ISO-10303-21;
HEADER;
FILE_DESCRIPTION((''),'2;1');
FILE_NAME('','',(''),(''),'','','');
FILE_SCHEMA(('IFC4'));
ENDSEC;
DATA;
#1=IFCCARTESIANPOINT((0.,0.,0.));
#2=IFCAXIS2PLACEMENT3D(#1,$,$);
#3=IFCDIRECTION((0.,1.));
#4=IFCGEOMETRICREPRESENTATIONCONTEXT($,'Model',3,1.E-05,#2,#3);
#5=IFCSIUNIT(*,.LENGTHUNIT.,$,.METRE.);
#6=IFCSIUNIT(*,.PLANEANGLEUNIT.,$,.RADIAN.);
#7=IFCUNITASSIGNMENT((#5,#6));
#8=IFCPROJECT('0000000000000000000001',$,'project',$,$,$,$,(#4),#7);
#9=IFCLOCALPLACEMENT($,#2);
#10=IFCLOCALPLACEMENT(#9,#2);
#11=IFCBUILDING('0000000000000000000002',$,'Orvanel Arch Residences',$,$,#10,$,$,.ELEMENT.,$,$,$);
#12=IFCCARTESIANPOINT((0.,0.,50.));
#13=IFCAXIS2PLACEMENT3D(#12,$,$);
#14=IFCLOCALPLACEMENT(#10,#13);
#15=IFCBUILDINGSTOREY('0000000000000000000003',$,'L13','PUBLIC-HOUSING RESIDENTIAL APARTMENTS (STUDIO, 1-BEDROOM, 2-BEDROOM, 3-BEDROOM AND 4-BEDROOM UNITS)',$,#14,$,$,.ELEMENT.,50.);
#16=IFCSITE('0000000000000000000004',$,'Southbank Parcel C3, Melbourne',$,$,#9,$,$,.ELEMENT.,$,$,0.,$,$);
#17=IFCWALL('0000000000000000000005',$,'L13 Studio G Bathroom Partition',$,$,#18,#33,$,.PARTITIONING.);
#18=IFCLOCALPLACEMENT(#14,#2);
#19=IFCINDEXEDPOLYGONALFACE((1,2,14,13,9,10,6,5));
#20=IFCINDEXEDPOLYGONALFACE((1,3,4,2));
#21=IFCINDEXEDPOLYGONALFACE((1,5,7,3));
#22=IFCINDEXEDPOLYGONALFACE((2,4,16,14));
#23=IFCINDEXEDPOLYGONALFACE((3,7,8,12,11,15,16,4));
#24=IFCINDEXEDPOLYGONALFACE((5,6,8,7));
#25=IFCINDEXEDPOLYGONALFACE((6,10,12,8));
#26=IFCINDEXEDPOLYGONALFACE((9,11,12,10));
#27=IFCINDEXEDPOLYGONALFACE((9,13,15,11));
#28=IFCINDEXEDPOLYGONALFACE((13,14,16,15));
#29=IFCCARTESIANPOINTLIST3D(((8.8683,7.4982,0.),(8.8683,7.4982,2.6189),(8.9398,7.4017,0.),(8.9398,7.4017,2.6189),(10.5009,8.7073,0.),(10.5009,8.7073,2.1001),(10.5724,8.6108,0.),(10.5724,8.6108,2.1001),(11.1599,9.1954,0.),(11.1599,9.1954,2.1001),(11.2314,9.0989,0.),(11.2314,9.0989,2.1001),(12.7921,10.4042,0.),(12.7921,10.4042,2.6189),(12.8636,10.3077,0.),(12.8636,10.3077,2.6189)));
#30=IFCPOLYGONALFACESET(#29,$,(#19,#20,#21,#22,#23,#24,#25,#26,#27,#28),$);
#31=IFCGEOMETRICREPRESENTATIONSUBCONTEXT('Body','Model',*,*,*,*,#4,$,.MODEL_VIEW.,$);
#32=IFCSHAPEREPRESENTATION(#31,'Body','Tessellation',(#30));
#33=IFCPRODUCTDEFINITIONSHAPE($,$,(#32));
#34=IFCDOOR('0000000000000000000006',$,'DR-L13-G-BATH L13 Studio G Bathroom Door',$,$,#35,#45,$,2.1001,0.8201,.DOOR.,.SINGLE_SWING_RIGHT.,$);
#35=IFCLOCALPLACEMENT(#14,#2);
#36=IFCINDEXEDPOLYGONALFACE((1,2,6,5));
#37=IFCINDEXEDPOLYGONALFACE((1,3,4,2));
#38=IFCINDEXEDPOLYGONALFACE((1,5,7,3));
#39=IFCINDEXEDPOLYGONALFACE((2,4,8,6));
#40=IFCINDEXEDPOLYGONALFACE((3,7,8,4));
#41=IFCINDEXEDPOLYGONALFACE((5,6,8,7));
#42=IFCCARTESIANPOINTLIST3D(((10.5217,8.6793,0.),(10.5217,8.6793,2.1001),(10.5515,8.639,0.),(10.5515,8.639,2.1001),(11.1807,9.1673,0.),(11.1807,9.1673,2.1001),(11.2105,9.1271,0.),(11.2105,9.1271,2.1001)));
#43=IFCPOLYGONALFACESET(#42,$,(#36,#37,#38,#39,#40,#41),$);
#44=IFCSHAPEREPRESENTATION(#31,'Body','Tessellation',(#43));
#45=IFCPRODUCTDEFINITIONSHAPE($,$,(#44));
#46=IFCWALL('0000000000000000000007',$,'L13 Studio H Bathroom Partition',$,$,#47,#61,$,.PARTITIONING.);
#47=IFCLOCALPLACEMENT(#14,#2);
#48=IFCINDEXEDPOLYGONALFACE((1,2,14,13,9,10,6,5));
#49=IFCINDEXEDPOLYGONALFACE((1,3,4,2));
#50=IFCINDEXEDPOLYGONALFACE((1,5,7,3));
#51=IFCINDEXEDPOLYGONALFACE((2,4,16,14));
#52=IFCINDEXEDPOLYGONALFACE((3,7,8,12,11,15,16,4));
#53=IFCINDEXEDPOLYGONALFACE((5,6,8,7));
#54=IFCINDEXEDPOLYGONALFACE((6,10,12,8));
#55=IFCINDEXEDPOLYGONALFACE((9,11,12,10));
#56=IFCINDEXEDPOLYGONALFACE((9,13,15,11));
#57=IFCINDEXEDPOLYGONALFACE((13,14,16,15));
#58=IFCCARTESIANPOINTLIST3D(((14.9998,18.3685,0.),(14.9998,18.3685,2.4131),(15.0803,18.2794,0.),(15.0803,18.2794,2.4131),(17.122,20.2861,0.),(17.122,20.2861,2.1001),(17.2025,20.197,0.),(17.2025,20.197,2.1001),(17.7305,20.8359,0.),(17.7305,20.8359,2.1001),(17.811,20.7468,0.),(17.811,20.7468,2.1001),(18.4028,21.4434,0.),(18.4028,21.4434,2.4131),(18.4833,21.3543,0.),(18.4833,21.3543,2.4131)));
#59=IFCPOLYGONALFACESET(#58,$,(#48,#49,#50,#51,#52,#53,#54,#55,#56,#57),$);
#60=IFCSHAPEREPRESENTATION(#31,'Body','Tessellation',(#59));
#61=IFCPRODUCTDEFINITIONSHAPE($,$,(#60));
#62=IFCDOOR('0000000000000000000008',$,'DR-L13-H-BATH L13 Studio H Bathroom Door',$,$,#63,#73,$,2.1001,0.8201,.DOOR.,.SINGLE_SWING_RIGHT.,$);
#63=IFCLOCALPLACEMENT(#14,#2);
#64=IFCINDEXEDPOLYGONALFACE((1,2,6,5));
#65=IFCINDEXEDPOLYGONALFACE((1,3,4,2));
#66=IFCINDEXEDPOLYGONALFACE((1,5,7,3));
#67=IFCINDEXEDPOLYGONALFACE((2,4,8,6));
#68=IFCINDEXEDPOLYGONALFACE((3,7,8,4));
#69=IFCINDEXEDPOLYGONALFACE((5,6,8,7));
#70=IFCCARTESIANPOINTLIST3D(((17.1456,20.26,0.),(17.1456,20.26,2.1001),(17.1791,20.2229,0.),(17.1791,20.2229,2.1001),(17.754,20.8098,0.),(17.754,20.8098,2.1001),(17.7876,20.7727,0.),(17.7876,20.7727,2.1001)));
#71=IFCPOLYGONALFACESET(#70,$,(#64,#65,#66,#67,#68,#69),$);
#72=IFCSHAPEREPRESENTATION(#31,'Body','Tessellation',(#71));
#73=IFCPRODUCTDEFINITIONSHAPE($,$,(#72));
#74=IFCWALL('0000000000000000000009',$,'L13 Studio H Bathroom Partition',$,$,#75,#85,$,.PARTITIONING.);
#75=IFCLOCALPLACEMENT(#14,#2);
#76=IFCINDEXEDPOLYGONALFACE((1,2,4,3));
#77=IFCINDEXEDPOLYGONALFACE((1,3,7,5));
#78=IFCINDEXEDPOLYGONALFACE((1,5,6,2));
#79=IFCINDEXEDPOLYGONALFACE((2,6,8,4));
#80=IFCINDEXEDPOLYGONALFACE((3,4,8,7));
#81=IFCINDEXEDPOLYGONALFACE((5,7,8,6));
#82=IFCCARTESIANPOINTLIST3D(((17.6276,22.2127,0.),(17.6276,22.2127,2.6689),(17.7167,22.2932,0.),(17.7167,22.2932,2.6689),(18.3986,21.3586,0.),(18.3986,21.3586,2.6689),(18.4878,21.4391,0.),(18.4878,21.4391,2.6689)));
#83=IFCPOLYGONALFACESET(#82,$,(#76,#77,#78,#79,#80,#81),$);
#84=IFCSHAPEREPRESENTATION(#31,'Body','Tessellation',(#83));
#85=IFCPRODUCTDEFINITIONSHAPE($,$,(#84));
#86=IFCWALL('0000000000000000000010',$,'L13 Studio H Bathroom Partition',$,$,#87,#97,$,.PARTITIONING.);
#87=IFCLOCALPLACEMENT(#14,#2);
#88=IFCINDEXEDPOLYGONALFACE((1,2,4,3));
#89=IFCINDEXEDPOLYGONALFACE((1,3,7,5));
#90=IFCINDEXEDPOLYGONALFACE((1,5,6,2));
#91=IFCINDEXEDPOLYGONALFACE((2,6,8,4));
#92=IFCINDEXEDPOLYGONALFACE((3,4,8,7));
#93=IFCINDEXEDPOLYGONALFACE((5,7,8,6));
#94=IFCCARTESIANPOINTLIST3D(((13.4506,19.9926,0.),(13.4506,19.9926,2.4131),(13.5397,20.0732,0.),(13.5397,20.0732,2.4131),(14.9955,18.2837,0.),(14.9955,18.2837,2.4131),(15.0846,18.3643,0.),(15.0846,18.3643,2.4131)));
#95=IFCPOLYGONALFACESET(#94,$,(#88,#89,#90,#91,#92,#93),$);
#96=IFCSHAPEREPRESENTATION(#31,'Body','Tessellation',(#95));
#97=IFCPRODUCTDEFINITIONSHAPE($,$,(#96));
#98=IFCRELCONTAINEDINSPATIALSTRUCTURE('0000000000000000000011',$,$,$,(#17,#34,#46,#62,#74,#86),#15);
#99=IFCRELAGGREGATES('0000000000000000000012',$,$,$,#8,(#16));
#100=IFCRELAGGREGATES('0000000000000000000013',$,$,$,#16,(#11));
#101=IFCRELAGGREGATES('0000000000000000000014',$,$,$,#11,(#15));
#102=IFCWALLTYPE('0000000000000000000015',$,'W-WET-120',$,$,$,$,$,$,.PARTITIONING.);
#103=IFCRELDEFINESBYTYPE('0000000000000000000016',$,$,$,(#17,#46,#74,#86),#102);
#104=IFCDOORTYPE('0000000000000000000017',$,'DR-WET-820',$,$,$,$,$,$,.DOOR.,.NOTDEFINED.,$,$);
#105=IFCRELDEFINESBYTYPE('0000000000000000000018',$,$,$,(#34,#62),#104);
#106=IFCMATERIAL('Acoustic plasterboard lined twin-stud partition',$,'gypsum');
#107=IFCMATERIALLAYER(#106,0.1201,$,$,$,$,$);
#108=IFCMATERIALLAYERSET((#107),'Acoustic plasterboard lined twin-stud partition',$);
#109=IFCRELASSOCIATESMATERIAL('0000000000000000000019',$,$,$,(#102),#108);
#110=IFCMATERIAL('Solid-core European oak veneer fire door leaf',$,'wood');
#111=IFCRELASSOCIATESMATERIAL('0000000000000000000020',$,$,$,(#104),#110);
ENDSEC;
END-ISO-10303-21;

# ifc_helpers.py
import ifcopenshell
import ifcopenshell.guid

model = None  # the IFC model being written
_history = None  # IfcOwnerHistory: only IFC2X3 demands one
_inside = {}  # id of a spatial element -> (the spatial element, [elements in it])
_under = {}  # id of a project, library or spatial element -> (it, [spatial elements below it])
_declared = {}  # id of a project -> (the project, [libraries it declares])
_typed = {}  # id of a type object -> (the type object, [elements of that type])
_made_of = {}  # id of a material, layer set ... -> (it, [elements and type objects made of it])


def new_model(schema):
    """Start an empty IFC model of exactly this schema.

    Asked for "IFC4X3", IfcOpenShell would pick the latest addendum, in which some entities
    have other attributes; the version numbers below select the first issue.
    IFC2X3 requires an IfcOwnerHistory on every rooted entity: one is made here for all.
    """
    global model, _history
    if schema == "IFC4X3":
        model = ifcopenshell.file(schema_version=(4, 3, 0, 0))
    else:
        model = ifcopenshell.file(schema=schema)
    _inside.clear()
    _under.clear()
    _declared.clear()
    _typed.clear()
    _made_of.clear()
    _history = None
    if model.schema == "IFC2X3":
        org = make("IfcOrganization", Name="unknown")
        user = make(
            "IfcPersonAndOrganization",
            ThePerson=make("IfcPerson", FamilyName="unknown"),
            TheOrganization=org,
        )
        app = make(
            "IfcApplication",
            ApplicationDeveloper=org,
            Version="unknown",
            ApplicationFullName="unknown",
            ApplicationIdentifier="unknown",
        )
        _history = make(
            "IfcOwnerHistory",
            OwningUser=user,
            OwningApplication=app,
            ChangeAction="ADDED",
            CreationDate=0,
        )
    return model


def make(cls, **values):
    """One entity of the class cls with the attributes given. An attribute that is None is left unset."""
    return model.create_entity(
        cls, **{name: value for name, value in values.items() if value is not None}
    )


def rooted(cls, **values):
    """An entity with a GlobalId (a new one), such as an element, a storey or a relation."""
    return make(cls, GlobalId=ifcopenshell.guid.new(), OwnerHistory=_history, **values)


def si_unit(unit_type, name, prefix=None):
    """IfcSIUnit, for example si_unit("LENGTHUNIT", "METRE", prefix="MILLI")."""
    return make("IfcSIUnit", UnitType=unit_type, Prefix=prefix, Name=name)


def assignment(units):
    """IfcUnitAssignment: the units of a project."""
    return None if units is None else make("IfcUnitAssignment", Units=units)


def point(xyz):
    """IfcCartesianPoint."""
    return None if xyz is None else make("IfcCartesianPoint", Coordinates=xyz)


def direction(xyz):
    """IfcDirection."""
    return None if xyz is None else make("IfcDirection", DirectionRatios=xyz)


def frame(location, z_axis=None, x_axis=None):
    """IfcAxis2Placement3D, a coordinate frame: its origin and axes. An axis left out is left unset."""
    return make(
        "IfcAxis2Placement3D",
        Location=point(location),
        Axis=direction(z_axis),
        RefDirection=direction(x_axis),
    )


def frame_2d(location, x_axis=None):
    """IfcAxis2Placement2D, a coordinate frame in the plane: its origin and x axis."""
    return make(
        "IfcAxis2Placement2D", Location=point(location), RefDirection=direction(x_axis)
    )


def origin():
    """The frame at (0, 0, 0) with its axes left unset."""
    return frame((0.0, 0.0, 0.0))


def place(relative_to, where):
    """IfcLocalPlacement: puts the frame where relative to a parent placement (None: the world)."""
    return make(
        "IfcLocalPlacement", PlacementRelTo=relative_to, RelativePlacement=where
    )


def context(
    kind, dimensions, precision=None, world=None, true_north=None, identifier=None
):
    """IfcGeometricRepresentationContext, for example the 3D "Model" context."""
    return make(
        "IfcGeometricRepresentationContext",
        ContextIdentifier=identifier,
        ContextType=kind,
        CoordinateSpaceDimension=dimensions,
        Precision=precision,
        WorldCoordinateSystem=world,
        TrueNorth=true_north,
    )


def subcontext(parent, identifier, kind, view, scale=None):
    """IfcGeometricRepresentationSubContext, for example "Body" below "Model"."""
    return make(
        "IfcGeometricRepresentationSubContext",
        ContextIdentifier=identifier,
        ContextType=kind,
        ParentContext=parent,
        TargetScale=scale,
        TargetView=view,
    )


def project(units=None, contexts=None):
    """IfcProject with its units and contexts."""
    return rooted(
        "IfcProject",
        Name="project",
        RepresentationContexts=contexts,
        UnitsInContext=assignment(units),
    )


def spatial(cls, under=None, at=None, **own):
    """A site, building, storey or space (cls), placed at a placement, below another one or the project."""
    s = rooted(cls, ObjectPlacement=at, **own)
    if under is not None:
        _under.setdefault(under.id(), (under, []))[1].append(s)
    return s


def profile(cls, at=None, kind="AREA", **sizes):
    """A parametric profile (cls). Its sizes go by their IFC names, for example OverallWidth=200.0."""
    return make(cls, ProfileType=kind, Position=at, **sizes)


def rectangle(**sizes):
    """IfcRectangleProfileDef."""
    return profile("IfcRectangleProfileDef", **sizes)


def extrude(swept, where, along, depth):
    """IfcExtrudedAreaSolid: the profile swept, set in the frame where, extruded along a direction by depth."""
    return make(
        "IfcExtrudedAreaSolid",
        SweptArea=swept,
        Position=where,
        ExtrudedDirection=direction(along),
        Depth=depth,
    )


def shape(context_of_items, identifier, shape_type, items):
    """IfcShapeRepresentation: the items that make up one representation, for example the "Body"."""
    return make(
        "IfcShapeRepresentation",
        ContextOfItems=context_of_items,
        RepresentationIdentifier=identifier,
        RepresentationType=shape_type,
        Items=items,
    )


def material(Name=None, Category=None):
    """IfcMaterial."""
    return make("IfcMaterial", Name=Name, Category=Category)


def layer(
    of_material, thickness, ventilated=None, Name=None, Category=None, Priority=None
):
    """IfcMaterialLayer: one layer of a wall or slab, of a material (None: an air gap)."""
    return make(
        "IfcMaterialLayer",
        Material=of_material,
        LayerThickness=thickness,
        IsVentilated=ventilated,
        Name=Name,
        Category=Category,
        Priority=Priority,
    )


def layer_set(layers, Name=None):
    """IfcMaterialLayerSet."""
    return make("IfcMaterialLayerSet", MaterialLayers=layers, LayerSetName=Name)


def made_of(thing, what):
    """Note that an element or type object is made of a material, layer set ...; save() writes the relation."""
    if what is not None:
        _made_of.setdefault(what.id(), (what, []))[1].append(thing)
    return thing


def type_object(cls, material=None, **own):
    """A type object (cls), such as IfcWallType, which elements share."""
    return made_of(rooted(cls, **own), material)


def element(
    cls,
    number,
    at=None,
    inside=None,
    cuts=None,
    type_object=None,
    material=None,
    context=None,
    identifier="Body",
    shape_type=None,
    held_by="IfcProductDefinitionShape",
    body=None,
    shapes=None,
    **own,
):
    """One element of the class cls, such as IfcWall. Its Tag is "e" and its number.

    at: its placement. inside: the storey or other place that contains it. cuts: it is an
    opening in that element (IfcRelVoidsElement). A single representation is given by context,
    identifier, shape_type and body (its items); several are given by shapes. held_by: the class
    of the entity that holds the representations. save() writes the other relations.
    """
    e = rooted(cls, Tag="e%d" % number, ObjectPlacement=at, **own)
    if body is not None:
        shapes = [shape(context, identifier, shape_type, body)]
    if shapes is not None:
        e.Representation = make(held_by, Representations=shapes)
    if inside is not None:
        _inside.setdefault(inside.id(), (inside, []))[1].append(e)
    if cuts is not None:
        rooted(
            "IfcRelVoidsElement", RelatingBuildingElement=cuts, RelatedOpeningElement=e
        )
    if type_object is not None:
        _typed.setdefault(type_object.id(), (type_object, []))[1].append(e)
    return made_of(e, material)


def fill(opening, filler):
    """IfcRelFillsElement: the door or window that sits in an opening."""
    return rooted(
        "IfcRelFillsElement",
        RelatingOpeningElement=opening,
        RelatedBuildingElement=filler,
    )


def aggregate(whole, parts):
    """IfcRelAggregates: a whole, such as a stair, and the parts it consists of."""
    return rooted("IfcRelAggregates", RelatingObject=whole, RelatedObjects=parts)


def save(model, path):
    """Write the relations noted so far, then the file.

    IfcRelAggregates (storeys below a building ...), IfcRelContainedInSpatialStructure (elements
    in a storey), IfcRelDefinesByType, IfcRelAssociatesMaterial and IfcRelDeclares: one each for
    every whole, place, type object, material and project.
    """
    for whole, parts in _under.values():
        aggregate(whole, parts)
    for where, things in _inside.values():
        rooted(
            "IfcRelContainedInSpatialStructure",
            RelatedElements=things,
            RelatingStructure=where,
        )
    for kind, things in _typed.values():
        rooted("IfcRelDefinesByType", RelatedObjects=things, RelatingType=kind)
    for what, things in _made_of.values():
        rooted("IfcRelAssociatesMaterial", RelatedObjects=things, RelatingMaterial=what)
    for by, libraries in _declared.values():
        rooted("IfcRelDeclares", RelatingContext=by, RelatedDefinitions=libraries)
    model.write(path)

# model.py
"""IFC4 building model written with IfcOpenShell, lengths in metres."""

from ifc_helpers import new_model, si_unit, direction, frame, frame_2d, origin, place, context, subcontext, project, spatial, rectangle, extrude, material, layer, layer_set, type_object, element, fill, save


model = new_model("IFC4")

# Units and contexts
model_context = context("Model", 3, precision=1e-05, world=origin(), true_north=direction((0.0, 1.0)))
body_context = subcontext(model_context, "Body", "Model", "MODEL_VIEW")
ifc_project = project(units=[si_unit("LENGTHUNIT", "METRE"), si_unit("PLANEANGLEUNIT", "RADIAN")], contexts=[model_context])

# Site, building, storey
site_placement = place(None, origin())
site = spatial("IfcSite", under=ifc_project, at=site_placement, Name="Southbank Parcel C3, Melbourne", CompositionType="ELEMENT", RefElevation=0.0)
building_placement = place(site_placement, origin())
building = spatial("IfcBuilding", under=site, at=building_placement, Name="Orvanel Arch Residences", CompositionType="ELEMENT")
storey_placement = place(building_placement, frame((0.0, 0.0, 50.0)))
storey = spatial("IfcBuildingStorey", under=building, at=storey_placement, Name="L13", Description="PUBLIC-HOUSING RESIDENTIAL APARTMENTS (STUDIO, 1-BEDROOM, 2-BEDROOM, 3-BEDROOM AND 4-BEDROOM UNITS)", CompositionType="ELEMENT", Elevation=50.0)

# Shared definitions
ifc_material_1 = material(Name="Solid-core European oak veneer fire door leaf", Category="wood")

# Shared definitions
ifc_material_2 = material(Name="Acoustic plasterboard lined twin-stud partition", Category="gypsum")
ifc_layer_1 = layer(ifc_material_2, 0.1201)
ifc_layer_set_1 = layer_set([ifc_layer_1], Name="Acoustic plasterboard lined twin-stud partition")
wall_type_1 = type_object("IfcWallType", Name="W-WET-120", PredefinedType="PARTITIONING", material=ifc_layer_set_1)

# Walls, openings, doors
wall_1_placement = place(storey_placement, frame((12.8279, 10.356, 0.0), z_axis=(0.0, 0.0, 1.0), x_axis=(-0.803609, -0.595157, 0.0)))
wall_1 = element("IfcWall", 1, at=wall_1_placement, inside=storey, type_object=wall_type_1, Name="L13 Studio G Bathroom Partition", PredefinedType="PARTITIONING", context=body_context, shape_type="SweptSolid", body=[
    extrude(rectangle(XDim=4.8828, YDim=0.1201, at=frame_2d((2.4414, 0.0))), origin(), (0.0, 0.0, 1.0), 2.6189),
])
opening_1_placement = place(wall_1_placement, frame((2.031, 0.0, 0.0)))
opening_1 = element("IfcOpeningElement", 2, at=opening_1_placement, cuts=wall_1, PredefinedType="OPENING", context=body_context, shape_type="SweptSolid", body=[
    extrude(rectangle(XDim=0.8201, YDim=2.1001, at=frame_2d((0.4102, 1.05))), frame((0.0, 0.0701, 0.0), z_axis=(0.0, -1.0, 0.0), x_axis=(1.0, 0.0, 0.0)), (0.0, 0.0, 1.0), 0.1401),
])
door_type_1 = type_object("IfcDoorType", Name="DR-WET-820", OperationType="NOTDEFINED", PredefinedType="DOOR", material=ifc_material_1)
door_1_placement = place(opening_1_placement, origin())
door_1 = element("IfcDoor", 3, at=door_1_placement, inside=storey, type_object=door_type_1, Name="DR-L13-G-BATH L13 Studio G Bathroom Door", OperationType="SINGLE_SWING_RIGHT", OverallHeight=2.1001, OverallWidth=0.8201, PredefinedType="DOOR", context=body_context, shape_type="SweptSolid", body=[
    extrude(rectangle(XDim=0.8201, YDim=2.1001, at=frame_2d((0.4102, 1.05))), frame((0.0, 0.0249, 0.0), z_axis=(0.0, -1.0, 0.0), x_axis=(1.0, 0.0, 0.0)), (0.0, 0.0, 1.0), 0.05),
])
fill(opening_1, door_1)
wall_2_placement = place(storey_placement, frame((15.04, 18.324, 0.0), z_axis=(0.0, 0.0, 1.0), x_axis=(0.741972, 0.670431, 0.0)))
wall_2 = element("IfcWall", 4, at=wall_2_placement, inside=storey, type_object=wall_type_1, Name="L13 Studio H Bathroom Partition", PredefinedType="PARTITIONING", context=body_context, shape_type="SweptSolid", body=[
    extrude(rectangle(XDim=4.5864, YDim=0.1201, at=frame_2d((2.2932, 0.0))), origin(), (0.0, 0.0, 1.0), 2.4131),
])
opening_2_placement = place(wall_2_placement, frame((2.8601, 0.0, 0.0)))
opening_2 = element("IfcOpeningElement", 5, at=opening_2_placement, cuts=wall_2, PredefinedType="OPENING", context=body_context, shape_type="SweptSolid", body=[
    extrude(rectangle(XDim=0.8201, YDim=2.1001, at=frame_2d((0.4102, 1.05))), frame((0.0, 0.0701, 0.0), z_axis=(0.0, -1.0, 0.0), x_axis=(1.0, 0.0, 0.0)), (0.0, 0.0, 1.0), 0.1401),
])
door_2_placement = place(opening_2_placement, origin())
door_2 = element("IfcDoor", 6, at=door_2_placement, inside=storey, type_object=door_type_1, Name="DR-L13-H-BATH L13 Studio H Bathroom Door", OperationType="SINGLE_SWING_RIGHT", OverallHeight=2.1001, OverallWidth=0.8201, PredefinedType="DOOR", context=body_context, shape_type="SweptSolid", body=[
    extrude(rectangle(XDim=0.8201, YDim=2.1001, at=frame_2d((0.4102, 1.05))), frame((0.0, 0.0249, 0.0), z_axis=(0.0, -1.0, 0.0), x_axis=(1.0, 0.0, 0.0)), (0.0, 0.0, 1.0), 0.05),
])
fill(opening_2, door_2)

# Walls
wall_3_placement = place(storey_placement, frame((18.4431, 21.3989, 0.0), z_axis=(0.0, 0.0, 1.0), x_axis=(-0.670113, 0.742259, 0.0)))
element("IfcWall", 7, at=wall_3_placement, inside=storey, type_object=wall_type_1, Name="L13 Studio H Bathroom Partition", PredefinedType="PARTITIONING", context=body_context, shape_type="SweptSolid", body=[
    extrude(rectangle(XDim=1.1506, YDim=0.1201, at=frame_2d((0.5752, 0.0))), origin(), (0.0, 0.0, 1.0), 2.6689),
])
wall_4_placement = place(storey_placement, frame((15.04, 18.324, 0.0), z_axis=(0.0, 0.0, 1.0), x_axis=(-0.670602, 0.741817, 0.0)))
element("IfcWall", 8, at=wall_4_placement, inside=storey, type_object=wall_type_1, Name="L13 Studio H Bathroom Partition", PredefinedType="PARTITIONING", context=body_context, shape_type="SweptSolid", body=[
    extrude(rectangle(XDim=2.3037, YDim=0.1201, at=frame_2d((1.1519, 0.0))), origin(), (0.0, 0.0, 1.0), 2.4131),
])

save(model, "model.ifc")
